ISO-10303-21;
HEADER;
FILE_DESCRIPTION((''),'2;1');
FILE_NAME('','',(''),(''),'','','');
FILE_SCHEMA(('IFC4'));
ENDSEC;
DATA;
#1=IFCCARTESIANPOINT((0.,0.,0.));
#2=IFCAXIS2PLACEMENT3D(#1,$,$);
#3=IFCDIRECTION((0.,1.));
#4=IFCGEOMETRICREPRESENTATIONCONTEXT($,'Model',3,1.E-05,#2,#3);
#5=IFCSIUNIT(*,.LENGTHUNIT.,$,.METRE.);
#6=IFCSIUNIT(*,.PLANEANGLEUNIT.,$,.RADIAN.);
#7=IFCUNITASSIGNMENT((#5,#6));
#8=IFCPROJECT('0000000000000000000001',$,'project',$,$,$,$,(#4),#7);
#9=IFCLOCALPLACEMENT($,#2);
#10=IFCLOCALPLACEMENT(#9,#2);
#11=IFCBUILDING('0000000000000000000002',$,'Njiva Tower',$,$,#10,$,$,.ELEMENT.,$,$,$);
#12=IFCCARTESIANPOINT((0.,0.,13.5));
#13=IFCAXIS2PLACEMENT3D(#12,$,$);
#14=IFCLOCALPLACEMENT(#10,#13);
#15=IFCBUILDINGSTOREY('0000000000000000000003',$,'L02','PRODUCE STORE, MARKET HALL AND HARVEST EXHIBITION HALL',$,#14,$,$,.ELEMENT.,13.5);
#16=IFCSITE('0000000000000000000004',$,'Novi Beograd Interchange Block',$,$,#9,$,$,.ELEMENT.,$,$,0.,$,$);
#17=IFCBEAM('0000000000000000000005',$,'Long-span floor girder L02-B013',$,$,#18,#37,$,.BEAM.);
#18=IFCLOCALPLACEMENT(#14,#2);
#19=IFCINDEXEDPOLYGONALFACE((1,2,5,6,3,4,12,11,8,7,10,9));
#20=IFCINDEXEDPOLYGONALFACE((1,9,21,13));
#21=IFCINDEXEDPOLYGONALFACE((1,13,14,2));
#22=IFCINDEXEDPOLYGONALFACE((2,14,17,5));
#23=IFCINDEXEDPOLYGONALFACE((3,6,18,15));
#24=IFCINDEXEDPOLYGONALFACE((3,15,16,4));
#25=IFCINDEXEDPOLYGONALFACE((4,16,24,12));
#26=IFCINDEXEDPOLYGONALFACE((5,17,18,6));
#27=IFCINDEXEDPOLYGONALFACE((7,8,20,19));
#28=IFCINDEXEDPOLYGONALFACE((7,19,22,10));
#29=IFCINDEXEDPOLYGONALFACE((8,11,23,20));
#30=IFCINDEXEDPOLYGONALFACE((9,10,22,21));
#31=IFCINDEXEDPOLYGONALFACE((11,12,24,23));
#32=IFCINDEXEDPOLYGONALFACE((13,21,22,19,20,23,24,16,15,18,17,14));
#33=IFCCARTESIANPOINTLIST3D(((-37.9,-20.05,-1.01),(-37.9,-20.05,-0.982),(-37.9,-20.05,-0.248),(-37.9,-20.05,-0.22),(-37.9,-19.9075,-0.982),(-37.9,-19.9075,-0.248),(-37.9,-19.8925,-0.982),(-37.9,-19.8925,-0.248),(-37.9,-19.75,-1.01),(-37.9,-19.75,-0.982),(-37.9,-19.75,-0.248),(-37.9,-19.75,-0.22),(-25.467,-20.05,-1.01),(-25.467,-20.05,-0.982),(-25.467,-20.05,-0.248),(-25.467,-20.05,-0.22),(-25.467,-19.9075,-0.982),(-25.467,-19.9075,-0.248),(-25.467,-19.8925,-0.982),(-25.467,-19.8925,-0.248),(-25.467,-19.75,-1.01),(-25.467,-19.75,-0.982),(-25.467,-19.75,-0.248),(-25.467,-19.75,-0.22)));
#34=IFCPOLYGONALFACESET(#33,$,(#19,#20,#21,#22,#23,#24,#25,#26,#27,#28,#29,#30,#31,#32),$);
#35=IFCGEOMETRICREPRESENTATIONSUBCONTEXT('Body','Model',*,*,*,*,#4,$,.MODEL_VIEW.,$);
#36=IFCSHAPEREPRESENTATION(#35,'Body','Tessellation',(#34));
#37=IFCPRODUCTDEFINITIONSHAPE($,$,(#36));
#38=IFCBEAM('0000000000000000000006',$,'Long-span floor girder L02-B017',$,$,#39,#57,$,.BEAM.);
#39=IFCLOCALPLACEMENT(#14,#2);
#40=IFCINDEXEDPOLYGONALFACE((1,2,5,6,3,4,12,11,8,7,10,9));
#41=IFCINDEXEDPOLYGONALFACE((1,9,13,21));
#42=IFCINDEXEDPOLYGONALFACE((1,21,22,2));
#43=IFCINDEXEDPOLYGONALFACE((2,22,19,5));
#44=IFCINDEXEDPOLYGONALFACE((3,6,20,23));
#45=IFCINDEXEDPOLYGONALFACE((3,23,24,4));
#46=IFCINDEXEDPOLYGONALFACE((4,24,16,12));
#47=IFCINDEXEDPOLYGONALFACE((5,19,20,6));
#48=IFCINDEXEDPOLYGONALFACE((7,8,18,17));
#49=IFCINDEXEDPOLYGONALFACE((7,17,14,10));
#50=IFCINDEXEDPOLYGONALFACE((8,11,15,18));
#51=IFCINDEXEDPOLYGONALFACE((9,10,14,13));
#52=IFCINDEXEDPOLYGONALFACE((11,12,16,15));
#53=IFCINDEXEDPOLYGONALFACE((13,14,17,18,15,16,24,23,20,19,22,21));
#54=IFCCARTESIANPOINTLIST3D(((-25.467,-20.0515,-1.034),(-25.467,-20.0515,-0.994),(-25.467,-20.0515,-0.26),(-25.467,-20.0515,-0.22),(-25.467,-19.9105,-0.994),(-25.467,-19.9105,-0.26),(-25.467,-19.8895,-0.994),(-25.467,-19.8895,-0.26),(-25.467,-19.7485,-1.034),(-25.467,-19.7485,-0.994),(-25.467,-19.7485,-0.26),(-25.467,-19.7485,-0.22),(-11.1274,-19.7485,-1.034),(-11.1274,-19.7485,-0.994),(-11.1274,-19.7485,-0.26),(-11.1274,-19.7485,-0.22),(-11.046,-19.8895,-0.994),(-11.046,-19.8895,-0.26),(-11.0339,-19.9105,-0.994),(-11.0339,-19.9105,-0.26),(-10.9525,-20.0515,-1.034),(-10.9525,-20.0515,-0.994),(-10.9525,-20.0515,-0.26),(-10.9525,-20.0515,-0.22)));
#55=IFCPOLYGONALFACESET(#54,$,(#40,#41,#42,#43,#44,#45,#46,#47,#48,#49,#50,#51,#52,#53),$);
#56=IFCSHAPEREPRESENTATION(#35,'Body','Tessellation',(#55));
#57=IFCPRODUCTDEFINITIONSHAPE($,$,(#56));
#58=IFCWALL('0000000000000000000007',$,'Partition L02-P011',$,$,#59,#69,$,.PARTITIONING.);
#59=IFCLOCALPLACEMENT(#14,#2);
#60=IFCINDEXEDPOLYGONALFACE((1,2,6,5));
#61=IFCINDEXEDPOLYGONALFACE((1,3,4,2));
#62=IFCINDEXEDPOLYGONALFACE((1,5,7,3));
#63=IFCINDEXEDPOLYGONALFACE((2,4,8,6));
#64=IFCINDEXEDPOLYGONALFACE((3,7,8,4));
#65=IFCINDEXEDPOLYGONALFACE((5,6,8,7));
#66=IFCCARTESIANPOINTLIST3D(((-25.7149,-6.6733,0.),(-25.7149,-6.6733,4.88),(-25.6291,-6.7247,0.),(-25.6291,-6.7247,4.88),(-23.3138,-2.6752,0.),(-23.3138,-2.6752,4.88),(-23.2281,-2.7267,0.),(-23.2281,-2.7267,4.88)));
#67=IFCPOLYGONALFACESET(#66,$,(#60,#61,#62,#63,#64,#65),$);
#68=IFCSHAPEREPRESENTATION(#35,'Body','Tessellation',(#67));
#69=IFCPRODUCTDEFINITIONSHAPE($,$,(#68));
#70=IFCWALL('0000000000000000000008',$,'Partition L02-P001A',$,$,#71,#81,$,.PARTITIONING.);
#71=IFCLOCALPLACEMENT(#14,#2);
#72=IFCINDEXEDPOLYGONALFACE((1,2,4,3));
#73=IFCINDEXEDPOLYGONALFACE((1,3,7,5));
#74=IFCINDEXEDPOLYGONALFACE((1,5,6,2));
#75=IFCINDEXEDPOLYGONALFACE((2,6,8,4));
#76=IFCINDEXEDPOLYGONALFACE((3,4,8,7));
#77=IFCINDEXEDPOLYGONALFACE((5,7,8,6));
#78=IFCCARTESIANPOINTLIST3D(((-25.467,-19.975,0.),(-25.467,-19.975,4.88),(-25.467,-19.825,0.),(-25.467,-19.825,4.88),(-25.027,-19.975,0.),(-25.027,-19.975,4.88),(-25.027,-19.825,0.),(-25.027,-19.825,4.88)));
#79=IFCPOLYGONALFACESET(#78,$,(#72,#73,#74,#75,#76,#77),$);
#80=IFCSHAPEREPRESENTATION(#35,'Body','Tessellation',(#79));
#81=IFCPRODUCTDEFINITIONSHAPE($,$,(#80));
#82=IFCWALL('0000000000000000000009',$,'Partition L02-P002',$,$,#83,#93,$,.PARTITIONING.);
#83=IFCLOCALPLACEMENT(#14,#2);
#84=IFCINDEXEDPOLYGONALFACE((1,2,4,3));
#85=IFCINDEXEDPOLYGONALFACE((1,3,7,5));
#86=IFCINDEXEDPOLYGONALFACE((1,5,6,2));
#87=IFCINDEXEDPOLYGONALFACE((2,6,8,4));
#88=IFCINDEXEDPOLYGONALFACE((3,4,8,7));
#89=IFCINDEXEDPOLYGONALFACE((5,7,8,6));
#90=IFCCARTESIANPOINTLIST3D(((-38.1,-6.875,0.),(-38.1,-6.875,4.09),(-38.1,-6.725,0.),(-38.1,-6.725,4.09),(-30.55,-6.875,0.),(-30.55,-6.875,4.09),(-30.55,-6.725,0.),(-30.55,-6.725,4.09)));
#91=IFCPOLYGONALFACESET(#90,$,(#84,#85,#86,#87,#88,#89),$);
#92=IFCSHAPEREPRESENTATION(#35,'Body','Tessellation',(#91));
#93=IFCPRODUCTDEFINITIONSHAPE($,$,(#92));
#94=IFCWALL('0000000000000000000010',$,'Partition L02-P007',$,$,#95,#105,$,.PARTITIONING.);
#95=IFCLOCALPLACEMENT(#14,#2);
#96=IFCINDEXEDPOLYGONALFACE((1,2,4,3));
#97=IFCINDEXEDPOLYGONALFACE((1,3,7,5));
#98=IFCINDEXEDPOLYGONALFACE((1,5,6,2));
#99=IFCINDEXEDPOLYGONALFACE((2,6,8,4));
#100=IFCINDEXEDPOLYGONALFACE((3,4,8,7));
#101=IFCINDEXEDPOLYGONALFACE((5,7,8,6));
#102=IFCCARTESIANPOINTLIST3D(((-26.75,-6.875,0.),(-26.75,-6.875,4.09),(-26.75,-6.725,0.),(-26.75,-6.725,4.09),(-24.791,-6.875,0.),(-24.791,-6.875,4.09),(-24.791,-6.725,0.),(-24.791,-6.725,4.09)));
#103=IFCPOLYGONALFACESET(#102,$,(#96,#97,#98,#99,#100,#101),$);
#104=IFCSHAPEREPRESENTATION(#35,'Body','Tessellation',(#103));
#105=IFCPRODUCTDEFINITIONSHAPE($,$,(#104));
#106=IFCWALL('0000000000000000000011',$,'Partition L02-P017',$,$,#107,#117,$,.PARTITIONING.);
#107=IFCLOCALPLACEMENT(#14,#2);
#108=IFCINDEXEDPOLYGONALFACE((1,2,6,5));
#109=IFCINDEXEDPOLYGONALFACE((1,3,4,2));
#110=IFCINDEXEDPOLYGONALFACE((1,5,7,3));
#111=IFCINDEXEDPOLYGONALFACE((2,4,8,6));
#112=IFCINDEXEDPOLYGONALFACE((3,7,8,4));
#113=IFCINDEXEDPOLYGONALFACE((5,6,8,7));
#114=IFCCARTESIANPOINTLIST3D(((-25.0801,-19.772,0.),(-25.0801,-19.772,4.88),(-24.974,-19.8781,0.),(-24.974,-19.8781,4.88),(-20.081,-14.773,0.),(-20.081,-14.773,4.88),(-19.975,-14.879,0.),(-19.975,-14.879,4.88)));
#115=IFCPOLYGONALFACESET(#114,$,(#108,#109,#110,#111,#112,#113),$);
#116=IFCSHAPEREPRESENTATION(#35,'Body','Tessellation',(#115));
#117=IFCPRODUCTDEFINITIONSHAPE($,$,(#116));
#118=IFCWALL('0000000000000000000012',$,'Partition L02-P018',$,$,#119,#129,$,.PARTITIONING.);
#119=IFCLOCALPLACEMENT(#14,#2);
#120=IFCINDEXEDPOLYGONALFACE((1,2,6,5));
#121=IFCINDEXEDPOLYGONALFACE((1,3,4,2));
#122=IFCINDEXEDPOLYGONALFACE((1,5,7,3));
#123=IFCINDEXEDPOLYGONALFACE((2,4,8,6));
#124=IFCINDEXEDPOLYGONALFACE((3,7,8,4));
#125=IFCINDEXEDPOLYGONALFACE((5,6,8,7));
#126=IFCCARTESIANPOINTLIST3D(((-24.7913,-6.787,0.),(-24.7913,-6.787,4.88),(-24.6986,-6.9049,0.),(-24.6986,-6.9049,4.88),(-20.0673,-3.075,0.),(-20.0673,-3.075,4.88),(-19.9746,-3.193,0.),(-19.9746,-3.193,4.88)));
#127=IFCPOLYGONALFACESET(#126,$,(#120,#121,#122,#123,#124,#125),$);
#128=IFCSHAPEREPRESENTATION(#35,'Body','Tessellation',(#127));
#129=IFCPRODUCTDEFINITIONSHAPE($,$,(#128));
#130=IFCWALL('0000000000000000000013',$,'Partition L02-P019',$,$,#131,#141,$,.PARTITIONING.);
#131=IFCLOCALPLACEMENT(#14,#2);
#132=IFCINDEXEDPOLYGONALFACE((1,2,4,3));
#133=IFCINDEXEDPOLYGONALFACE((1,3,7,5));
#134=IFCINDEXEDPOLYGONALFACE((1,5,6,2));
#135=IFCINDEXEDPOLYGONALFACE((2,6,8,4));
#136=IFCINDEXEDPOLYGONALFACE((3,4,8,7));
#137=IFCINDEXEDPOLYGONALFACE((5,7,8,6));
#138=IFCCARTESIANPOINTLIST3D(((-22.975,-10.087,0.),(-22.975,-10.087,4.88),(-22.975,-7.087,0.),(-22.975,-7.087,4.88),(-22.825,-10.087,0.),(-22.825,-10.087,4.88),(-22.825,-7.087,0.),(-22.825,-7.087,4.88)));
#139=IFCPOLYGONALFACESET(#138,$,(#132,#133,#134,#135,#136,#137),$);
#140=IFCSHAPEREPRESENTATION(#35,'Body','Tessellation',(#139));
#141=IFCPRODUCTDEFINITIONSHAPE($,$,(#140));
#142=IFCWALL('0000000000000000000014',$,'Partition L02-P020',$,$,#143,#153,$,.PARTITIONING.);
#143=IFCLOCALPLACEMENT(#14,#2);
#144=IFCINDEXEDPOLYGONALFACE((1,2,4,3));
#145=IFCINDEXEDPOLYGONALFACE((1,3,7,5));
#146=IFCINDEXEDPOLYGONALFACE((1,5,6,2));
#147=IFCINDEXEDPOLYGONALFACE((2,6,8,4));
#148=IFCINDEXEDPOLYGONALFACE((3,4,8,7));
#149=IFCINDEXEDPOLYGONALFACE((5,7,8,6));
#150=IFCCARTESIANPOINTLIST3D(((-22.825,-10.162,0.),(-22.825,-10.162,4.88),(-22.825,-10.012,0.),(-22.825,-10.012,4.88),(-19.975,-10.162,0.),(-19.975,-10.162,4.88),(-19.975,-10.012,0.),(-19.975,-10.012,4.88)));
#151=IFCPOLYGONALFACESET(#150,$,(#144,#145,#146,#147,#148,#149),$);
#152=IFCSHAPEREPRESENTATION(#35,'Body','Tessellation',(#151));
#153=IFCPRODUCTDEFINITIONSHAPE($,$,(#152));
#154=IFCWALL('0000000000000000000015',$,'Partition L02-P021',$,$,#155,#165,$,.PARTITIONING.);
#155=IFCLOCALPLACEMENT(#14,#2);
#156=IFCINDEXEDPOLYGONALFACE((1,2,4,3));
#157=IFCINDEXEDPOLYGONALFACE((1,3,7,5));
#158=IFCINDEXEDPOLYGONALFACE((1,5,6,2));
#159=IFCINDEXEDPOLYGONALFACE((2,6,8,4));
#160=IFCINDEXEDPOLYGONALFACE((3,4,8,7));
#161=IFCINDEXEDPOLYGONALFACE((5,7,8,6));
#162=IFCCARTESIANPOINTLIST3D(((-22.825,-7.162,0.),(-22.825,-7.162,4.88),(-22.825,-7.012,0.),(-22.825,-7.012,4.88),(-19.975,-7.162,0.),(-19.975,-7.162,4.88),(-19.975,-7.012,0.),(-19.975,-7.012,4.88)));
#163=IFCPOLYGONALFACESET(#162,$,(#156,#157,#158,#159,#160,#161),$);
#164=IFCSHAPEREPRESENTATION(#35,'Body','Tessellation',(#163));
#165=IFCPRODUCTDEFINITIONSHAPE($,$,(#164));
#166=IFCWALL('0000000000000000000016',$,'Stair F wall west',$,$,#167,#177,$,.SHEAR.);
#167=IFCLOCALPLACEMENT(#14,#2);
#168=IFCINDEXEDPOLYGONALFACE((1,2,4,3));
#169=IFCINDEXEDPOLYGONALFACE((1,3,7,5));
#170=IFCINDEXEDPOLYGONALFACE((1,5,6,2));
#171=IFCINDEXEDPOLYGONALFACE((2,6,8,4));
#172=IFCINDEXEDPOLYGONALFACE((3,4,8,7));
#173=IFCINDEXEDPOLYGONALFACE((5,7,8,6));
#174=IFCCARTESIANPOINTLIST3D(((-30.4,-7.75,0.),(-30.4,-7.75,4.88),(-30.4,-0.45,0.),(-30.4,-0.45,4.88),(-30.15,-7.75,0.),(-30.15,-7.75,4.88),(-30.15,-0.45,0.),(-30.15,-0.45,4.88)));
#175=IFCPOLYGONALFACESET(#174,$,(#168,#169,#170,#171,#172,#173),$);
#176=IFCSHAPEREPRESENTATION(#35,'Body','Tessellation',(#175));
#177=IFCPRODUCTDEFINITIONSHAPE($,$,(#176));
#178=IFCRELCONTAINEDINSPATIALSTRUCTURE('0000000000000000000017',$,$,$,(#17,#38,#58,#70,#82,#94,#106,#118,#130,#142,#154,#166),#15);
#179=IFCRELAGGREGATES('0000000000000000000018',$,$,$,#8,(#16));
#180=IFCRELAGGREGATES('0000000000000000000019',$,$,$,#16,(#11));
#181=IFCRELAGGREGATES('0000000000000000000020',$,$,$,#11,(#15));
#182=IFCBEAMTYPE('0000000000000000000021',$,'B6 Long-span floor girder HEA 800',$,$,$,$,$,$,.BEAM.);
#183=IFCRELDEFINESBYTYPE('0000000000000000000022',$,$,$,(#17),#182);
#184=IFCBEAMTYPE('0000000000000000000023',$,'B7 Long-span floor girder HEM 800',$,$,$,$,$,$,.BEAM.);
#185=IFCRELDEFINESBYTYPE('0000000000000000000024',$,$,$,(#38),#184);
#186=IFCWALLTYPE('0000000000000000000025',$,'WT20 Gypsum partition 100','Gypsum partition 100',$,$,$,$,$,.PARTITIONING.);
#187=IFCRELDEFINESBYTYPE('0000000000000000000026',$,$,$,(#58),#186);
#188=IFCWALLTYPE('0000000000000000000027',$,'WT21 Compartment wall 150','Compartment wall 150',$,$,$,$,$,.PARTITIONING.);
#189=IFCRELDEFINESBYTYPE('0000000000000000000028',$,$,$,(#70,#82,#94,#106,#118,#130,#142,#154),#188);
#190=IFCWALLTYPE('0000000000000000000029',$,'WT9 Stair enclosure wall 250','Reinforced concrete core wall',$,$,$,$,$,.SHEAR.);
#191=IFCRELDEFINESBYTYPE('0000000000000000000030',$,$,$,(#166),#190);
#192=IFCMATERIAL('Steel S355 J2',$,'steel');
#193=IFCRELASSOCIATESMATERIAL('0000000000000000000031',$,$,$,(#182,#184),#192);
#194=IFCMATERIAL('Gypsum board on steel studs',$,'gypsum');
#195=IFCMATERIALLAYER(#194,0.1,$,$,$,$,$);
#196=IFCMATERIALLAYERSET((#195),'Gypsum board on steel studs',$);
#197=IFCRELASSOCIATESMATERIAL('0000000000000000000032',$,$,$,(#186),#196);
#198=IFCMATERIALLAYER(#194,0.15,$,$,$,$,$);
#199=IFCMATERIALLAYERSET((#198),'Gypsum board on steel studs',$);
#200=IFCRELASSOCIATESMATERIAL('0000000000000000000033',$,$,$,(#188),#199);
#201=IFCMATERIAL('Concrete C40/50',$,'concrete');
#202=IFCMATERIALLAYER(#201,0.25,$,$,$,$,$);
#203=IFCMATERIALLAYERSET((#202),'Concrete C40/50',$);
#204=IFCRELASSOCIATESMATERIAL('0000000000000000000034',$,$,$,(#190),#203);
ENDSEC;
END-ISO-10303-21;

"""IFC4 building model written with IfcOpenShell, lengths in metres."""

from ifc_helpers import new_model, si_unit, direction, frame, frame_2d, origin, origin_2d, place, context, subcontext, project, spatial, rectangle, i_section, extrude, clip, halfspace, material, layer, layer_set, material_profile, profile_set, type_object, element, save


model = new_model("IFC4")

# Units and contexts
model_context = context("Model", 3, precision=1e-05, world=origin(), true_north=direction((0.0, 1.0)))
body_context = subcontext(model_context, "Body", "Model", "MODEL_VIEW")
ifc_project = project(units=[si_unit("LENGTHUNIT", "METRE"), si_unit("PLANEANGLEUNIT", "RADIAN")], contexts=[model_context])

# Site, building, storey
site_placement = place(None, origin())
site = spatial("IfcSite", under=ifc_project, at=site_placement, Name="Novi Beograd Interchange Block", CompositionType="ELEMENT", RefElevation=0.0)
building_placement = place(site_placement, origin())
building = spatial("IfcBuilding", under=site, at=building_placement, Name="Njiva Tower", CompositionType="ELEMENT")
storey_placement = place(building_placement, frame((0.0, 0.0, 13.5)))
storey = spatial("IfcBuildingStorey", under=building, at=storey_placement, Name="L02", Description="PRODUCE STORE, MARKET HALL AND HARVEST EXHIBITION HALL", CompositionType="ELEMENT", Elevation=13.5)

# Shared definitions
ifc_material_1 = material(Name="Steel S355 J2", Category="steel")

# Beams
ifc_material_profile_1 = material_profile(ifc_material_1, i_section(OverallWidth=0.3, OverallDepth=0.79, WebThickness=0.015, FlangeThickness=0.028, at=origin_2d()), Name="HEA 800")
ifc_profile_set_1 = profile_set([ifc_material_profile_1], Name="Steel S355 J2")
beam_type_1 = type_object("IfcBeamType", Name="B6 Long-span floor girder HEA 800", PredefinedType="BEAM", material=ifc_profile_set_1)
beam_1_placement = place(storey_placement, frame((-37.9, -19.9, -0.615), z_axis=(1.0, 0.0, 0.0), x_axis=(0.0, 1.0, 0.0)))
element("IfcBeam", 1, at=beam_1_placement, inside=storey, type_object=beam_type_1, Name="Long-span floor girder L02-B013", PredefinedType="BEAM", context=body_context, shape_type="SweptSolid", body=[
    extrude(i_section(OverallWidth=0.3, OverallDepth=0.79, WebThickness=0.015, FlangeThickness=0.028, at=origin_2d()), origin(), (0.0, 0.0, 1.0), 12.433),
])
ifc_material_profile_2 = material_profile(ifc_material_1, i_section(OverallWidth=0.303, OverallDepth=0.814, WebThickness=0.021, FlangeThickness=0.04, at=origin_2d()), Name="HEM 800")
ifc_profile_set_2 = profile_set([ifc_material_profile_2], Name="Steel S355 J2")
beam_type_2 = type_object("IfcBeamType", Name="B7 Long-span floor girder HEM 800", PredefinedType="BEAM", material=ifc_profile_set_2)
beam_2_placement = place(storey_placement, frame((-25.467, -19.9, -0.627), z_axis=(1.0, 0.0, 0.0), x_axis=(0.0, 1.0, 0.0)))
element("IfcBeam", 2, at=beam_2_placement, inside=storey, type_object=beam_type_2, Name="Long-span floor girder L02-B017", PredefinedType="BEAM", context=body_context, shape_type="Clipping", body=[
    clip(extrude(i_section(OverallWidth=0.303, OverallDepth=0.814, WebThickness=0.021, FlangeThickness=0.04, at=origin_2d()), origin(), (0.0, 0.0, 1.0), 14.534), halfspace(frame((0.025, 0.0, 14.4126), z_axis=(0.499998, 0.0, 0.866027), x_axis=(0.0, 1.0, 0.0)), False)),
])

# Walls
ifc_material_2 = material(Name="Gypsum board on steel studs", Category="gypsum")
ifc_layer_1 = layer(ifc_material_2, 0.1)
ifc_layer_set_1 = layer_set([ifc_layer_1], Name="Gypsum board on steel studs")
wall_type_1 = type_object("IfcWallType", Name="WT20 Gypsum partition 100", Description="Gypsum partition 100", PredefinedType="PARTITIONING", material=ifc_layer_set_1)
wall_1_placement = place(storey_placement, frame((-25.672, -6.699, 0.0), z_axis=(0.0, 0.0, 1.0), x_axis=(0.514843, 0.857285, 0.0)))
element("IfcWall", 3, at=wall_1_placement, inside=storey, type_object=wall_type_1, Name="Partition L02-P011", PredefinedType="PARTITIONING", context=body_context, shape_type="SweptSolid", body=[
    extrude(rectangle(XDim=4.6636, YDim=0.1, at=frame_2d((2.3318, 0.0))), origin(), (0.0, 0.0, 1.0), 4.88),
])
ifc_layer_2 = layer(ifc_material_2, 0.15)
ifc_layer_set_2 = layer_set([ifc_layer_2], Name="Gypsum board on steel studs")
wall_type_2 = type_object("IfcWallType", Name="WT21 Compartment wall 150", Description="Compartment wall 150", PredefinedType="PARTITIONING", material=ifc_layer_set_2)
wall_2_placement = place(storey_placement, frame((-25.467, -19.9, 0.0), z_axis=(0.0, 0.0, 1.0), x_axis=(1.0, 0.0, 0.0)))
element("IfcWall", 4, at=wall_2_placement, inside=storey, type_object=wall_type_2, Name="Partition L02-P001A", PredefinedType="PARTITIONING", context=body_context, shape_type="SweptSolid", body=[
    extrude(rectangle(XDim=0.44, YDim=0.15, at=frame_2d((0.22, 0.0))), origin(), (0.0, 0.0, 1.0), 4.88),
])
wall_3_placement = place(storey_placement, frame((-38.1, -6.8, 0.0), z_axis=(0.0, 0.0, 1.0), x_axis=(1.0, 0.0, 0.0)))
element("IfcWall", 5, at=wall_3_placement, inside=storey, type_object=wall_type_2, Name="Partition L02-P002", PredefinedType="PARTITIONING", context=body_context, shape_type="SweptSolid", body=[
    extrude(rectangle(XDim=7.55, YDim=0.15, at=frame_2d((3.775, 0.0))), origin(), (0.0, 0.0, 1.0), 4.09),
])
wall_4_placement = place(storey_placement, frame((-26.75, -6.8, 0.0), z_axis=(0.0, 0.0, 1.0), x_axis=(1.0, 0.0, 0.0)))
element("IfcWall", 6, at=wall_4_placement, inside=storey, type_object=wall_type_2, Name="Partition L02-P007", PredefinedType="PARTITIONING", context=body_context, shape_type="SweptSolid", body=[
    extrude(rectangle(XDim=1.959, YDim=0.15, at=frame_2d((0.9795, 0.0))), origin(), (0.0, 0.0, 1.0), 4.09),
])
wall_5_placement = place(storey_placement, frame((-25.027, -19.825, 0.0), z_axis=(0.0, 0.0, 1.0), x_axis=(0.707107, 0.707107, 0.0)))
element("IfcWall", 7, at=wall_5_placement, inside=storey, type_object=wall_type_2, Name="Partition L02-P017", PredefinedType="PARTITIONING", context=body_context, shape_type="SweptSolid", body=[
    extrude(rectangle(XDim=7.0697, YDim=0.15, at=frame_2d((3.5348, 0.0))), origin(), (0.0, 0.0, 1.0), 4.88),
])
wall_6_placement = place(storey_placement, frame((-24.745, -6.846, 0.0), z_axis=(0.0, 0.0, 1.0), x_axis=(0.786295, 0.617851, 0.0)))
element("IfcWall", 8, at=wall_6_placement, inside=storey, type_object=wall_type_2, Name="Partition L02-P018", PredefinedType="PARTITIONING", context=body_context, shape_type="SweptSolid", body=[
    extrude(rectangle(XDim=6.0079, YDim=0.15, at=frame_2d((3.004, 0.0))), origin(), (0.0, 0.0, 1.0), 4.88),
])
wall_7_placement = place(storey_placement, frame((-22.9, -10.087, 0.0), z_axis=(0.0, 0.0, 1.0), x_axis=(0.0, 1.0, 0.0)))
element("IfcWall", 9, at=wall_7_placement, inside=storey, type_object=wall_type_2, Name="Partition L02-P019", PredefinedType="PARTITIONING", context=body_context, shape_type="SweptSolid", body=[
    extrude(rectangle(XDim=3.0, YDim=0.15, at=frame_2d((1.5, 0.0))), origin(), (0.0, 0.0, 1.0), 4.88),
])
for number, where, z_axis, x_axis, name in (
    (10, (-22.825, -10.087, 0.0), (0.0, 0.0, 1.0), (1.0, 0.0, 0.0), "Partition L02-P020"),
    (11, (-22.825, -7.087, 0.0), (0.0, 0.0, 1.0), (1.0, 0.0, 0.0), "Partition L02-P021"),
):
    element("IfcWall", number, at=place(storey_placement, frame(where, z_axis=z_axis, x_axis=x_axis)), inside=storey, type_object=wall_type_2, Name=name, PredefinedType="PARTITIONING", context=body_context, shape_type="SweptSolid", body=[
        extrude(rectangle(XDim=2.85, YDim=0.15, at=frame_2d((1.425, 0.0))), origin(), (0.0, 0.0, 1.0), 4.88),
    ])
ifc_material_3 = material(Name="Concrete C40/50", Category="concrete")
ifc_layer_3 = layer(ifc_material_3, 0.25)
ifc_layer_set_3 = layer_set([ifc_layer_3], Name="Concrete C40/50")
wall_type_3 = type_object("IfcWallType", Name="WT9 Stair enclosure wall 250", Description="Reinforced concrete core wall", PredefinedType="SHEAR", material=ifc_layer_set_3)
wall_8_placement = place(storey_placement, frame((-30.275, -7.75, 0.0), z_axis=(0.0, 0.0, 1.0), x_axis=(0.0, 1.0, 0.0)))
element("IfcWall", 12, at=wall_8_placement, inside=storey, type_object=wall_type_3, Name="Stair F wall west", PredefinedType="SHEAR", context=body_context, shape_type="SweptSolid", body=[
    extrude(rectangle(XDim=7.3, YDim=0.25, at=frame_2d((3.65, 0.0))), origin(), (0.0, 0.0, 1.0), 4.88),
])

save(model, "model.ifc")
